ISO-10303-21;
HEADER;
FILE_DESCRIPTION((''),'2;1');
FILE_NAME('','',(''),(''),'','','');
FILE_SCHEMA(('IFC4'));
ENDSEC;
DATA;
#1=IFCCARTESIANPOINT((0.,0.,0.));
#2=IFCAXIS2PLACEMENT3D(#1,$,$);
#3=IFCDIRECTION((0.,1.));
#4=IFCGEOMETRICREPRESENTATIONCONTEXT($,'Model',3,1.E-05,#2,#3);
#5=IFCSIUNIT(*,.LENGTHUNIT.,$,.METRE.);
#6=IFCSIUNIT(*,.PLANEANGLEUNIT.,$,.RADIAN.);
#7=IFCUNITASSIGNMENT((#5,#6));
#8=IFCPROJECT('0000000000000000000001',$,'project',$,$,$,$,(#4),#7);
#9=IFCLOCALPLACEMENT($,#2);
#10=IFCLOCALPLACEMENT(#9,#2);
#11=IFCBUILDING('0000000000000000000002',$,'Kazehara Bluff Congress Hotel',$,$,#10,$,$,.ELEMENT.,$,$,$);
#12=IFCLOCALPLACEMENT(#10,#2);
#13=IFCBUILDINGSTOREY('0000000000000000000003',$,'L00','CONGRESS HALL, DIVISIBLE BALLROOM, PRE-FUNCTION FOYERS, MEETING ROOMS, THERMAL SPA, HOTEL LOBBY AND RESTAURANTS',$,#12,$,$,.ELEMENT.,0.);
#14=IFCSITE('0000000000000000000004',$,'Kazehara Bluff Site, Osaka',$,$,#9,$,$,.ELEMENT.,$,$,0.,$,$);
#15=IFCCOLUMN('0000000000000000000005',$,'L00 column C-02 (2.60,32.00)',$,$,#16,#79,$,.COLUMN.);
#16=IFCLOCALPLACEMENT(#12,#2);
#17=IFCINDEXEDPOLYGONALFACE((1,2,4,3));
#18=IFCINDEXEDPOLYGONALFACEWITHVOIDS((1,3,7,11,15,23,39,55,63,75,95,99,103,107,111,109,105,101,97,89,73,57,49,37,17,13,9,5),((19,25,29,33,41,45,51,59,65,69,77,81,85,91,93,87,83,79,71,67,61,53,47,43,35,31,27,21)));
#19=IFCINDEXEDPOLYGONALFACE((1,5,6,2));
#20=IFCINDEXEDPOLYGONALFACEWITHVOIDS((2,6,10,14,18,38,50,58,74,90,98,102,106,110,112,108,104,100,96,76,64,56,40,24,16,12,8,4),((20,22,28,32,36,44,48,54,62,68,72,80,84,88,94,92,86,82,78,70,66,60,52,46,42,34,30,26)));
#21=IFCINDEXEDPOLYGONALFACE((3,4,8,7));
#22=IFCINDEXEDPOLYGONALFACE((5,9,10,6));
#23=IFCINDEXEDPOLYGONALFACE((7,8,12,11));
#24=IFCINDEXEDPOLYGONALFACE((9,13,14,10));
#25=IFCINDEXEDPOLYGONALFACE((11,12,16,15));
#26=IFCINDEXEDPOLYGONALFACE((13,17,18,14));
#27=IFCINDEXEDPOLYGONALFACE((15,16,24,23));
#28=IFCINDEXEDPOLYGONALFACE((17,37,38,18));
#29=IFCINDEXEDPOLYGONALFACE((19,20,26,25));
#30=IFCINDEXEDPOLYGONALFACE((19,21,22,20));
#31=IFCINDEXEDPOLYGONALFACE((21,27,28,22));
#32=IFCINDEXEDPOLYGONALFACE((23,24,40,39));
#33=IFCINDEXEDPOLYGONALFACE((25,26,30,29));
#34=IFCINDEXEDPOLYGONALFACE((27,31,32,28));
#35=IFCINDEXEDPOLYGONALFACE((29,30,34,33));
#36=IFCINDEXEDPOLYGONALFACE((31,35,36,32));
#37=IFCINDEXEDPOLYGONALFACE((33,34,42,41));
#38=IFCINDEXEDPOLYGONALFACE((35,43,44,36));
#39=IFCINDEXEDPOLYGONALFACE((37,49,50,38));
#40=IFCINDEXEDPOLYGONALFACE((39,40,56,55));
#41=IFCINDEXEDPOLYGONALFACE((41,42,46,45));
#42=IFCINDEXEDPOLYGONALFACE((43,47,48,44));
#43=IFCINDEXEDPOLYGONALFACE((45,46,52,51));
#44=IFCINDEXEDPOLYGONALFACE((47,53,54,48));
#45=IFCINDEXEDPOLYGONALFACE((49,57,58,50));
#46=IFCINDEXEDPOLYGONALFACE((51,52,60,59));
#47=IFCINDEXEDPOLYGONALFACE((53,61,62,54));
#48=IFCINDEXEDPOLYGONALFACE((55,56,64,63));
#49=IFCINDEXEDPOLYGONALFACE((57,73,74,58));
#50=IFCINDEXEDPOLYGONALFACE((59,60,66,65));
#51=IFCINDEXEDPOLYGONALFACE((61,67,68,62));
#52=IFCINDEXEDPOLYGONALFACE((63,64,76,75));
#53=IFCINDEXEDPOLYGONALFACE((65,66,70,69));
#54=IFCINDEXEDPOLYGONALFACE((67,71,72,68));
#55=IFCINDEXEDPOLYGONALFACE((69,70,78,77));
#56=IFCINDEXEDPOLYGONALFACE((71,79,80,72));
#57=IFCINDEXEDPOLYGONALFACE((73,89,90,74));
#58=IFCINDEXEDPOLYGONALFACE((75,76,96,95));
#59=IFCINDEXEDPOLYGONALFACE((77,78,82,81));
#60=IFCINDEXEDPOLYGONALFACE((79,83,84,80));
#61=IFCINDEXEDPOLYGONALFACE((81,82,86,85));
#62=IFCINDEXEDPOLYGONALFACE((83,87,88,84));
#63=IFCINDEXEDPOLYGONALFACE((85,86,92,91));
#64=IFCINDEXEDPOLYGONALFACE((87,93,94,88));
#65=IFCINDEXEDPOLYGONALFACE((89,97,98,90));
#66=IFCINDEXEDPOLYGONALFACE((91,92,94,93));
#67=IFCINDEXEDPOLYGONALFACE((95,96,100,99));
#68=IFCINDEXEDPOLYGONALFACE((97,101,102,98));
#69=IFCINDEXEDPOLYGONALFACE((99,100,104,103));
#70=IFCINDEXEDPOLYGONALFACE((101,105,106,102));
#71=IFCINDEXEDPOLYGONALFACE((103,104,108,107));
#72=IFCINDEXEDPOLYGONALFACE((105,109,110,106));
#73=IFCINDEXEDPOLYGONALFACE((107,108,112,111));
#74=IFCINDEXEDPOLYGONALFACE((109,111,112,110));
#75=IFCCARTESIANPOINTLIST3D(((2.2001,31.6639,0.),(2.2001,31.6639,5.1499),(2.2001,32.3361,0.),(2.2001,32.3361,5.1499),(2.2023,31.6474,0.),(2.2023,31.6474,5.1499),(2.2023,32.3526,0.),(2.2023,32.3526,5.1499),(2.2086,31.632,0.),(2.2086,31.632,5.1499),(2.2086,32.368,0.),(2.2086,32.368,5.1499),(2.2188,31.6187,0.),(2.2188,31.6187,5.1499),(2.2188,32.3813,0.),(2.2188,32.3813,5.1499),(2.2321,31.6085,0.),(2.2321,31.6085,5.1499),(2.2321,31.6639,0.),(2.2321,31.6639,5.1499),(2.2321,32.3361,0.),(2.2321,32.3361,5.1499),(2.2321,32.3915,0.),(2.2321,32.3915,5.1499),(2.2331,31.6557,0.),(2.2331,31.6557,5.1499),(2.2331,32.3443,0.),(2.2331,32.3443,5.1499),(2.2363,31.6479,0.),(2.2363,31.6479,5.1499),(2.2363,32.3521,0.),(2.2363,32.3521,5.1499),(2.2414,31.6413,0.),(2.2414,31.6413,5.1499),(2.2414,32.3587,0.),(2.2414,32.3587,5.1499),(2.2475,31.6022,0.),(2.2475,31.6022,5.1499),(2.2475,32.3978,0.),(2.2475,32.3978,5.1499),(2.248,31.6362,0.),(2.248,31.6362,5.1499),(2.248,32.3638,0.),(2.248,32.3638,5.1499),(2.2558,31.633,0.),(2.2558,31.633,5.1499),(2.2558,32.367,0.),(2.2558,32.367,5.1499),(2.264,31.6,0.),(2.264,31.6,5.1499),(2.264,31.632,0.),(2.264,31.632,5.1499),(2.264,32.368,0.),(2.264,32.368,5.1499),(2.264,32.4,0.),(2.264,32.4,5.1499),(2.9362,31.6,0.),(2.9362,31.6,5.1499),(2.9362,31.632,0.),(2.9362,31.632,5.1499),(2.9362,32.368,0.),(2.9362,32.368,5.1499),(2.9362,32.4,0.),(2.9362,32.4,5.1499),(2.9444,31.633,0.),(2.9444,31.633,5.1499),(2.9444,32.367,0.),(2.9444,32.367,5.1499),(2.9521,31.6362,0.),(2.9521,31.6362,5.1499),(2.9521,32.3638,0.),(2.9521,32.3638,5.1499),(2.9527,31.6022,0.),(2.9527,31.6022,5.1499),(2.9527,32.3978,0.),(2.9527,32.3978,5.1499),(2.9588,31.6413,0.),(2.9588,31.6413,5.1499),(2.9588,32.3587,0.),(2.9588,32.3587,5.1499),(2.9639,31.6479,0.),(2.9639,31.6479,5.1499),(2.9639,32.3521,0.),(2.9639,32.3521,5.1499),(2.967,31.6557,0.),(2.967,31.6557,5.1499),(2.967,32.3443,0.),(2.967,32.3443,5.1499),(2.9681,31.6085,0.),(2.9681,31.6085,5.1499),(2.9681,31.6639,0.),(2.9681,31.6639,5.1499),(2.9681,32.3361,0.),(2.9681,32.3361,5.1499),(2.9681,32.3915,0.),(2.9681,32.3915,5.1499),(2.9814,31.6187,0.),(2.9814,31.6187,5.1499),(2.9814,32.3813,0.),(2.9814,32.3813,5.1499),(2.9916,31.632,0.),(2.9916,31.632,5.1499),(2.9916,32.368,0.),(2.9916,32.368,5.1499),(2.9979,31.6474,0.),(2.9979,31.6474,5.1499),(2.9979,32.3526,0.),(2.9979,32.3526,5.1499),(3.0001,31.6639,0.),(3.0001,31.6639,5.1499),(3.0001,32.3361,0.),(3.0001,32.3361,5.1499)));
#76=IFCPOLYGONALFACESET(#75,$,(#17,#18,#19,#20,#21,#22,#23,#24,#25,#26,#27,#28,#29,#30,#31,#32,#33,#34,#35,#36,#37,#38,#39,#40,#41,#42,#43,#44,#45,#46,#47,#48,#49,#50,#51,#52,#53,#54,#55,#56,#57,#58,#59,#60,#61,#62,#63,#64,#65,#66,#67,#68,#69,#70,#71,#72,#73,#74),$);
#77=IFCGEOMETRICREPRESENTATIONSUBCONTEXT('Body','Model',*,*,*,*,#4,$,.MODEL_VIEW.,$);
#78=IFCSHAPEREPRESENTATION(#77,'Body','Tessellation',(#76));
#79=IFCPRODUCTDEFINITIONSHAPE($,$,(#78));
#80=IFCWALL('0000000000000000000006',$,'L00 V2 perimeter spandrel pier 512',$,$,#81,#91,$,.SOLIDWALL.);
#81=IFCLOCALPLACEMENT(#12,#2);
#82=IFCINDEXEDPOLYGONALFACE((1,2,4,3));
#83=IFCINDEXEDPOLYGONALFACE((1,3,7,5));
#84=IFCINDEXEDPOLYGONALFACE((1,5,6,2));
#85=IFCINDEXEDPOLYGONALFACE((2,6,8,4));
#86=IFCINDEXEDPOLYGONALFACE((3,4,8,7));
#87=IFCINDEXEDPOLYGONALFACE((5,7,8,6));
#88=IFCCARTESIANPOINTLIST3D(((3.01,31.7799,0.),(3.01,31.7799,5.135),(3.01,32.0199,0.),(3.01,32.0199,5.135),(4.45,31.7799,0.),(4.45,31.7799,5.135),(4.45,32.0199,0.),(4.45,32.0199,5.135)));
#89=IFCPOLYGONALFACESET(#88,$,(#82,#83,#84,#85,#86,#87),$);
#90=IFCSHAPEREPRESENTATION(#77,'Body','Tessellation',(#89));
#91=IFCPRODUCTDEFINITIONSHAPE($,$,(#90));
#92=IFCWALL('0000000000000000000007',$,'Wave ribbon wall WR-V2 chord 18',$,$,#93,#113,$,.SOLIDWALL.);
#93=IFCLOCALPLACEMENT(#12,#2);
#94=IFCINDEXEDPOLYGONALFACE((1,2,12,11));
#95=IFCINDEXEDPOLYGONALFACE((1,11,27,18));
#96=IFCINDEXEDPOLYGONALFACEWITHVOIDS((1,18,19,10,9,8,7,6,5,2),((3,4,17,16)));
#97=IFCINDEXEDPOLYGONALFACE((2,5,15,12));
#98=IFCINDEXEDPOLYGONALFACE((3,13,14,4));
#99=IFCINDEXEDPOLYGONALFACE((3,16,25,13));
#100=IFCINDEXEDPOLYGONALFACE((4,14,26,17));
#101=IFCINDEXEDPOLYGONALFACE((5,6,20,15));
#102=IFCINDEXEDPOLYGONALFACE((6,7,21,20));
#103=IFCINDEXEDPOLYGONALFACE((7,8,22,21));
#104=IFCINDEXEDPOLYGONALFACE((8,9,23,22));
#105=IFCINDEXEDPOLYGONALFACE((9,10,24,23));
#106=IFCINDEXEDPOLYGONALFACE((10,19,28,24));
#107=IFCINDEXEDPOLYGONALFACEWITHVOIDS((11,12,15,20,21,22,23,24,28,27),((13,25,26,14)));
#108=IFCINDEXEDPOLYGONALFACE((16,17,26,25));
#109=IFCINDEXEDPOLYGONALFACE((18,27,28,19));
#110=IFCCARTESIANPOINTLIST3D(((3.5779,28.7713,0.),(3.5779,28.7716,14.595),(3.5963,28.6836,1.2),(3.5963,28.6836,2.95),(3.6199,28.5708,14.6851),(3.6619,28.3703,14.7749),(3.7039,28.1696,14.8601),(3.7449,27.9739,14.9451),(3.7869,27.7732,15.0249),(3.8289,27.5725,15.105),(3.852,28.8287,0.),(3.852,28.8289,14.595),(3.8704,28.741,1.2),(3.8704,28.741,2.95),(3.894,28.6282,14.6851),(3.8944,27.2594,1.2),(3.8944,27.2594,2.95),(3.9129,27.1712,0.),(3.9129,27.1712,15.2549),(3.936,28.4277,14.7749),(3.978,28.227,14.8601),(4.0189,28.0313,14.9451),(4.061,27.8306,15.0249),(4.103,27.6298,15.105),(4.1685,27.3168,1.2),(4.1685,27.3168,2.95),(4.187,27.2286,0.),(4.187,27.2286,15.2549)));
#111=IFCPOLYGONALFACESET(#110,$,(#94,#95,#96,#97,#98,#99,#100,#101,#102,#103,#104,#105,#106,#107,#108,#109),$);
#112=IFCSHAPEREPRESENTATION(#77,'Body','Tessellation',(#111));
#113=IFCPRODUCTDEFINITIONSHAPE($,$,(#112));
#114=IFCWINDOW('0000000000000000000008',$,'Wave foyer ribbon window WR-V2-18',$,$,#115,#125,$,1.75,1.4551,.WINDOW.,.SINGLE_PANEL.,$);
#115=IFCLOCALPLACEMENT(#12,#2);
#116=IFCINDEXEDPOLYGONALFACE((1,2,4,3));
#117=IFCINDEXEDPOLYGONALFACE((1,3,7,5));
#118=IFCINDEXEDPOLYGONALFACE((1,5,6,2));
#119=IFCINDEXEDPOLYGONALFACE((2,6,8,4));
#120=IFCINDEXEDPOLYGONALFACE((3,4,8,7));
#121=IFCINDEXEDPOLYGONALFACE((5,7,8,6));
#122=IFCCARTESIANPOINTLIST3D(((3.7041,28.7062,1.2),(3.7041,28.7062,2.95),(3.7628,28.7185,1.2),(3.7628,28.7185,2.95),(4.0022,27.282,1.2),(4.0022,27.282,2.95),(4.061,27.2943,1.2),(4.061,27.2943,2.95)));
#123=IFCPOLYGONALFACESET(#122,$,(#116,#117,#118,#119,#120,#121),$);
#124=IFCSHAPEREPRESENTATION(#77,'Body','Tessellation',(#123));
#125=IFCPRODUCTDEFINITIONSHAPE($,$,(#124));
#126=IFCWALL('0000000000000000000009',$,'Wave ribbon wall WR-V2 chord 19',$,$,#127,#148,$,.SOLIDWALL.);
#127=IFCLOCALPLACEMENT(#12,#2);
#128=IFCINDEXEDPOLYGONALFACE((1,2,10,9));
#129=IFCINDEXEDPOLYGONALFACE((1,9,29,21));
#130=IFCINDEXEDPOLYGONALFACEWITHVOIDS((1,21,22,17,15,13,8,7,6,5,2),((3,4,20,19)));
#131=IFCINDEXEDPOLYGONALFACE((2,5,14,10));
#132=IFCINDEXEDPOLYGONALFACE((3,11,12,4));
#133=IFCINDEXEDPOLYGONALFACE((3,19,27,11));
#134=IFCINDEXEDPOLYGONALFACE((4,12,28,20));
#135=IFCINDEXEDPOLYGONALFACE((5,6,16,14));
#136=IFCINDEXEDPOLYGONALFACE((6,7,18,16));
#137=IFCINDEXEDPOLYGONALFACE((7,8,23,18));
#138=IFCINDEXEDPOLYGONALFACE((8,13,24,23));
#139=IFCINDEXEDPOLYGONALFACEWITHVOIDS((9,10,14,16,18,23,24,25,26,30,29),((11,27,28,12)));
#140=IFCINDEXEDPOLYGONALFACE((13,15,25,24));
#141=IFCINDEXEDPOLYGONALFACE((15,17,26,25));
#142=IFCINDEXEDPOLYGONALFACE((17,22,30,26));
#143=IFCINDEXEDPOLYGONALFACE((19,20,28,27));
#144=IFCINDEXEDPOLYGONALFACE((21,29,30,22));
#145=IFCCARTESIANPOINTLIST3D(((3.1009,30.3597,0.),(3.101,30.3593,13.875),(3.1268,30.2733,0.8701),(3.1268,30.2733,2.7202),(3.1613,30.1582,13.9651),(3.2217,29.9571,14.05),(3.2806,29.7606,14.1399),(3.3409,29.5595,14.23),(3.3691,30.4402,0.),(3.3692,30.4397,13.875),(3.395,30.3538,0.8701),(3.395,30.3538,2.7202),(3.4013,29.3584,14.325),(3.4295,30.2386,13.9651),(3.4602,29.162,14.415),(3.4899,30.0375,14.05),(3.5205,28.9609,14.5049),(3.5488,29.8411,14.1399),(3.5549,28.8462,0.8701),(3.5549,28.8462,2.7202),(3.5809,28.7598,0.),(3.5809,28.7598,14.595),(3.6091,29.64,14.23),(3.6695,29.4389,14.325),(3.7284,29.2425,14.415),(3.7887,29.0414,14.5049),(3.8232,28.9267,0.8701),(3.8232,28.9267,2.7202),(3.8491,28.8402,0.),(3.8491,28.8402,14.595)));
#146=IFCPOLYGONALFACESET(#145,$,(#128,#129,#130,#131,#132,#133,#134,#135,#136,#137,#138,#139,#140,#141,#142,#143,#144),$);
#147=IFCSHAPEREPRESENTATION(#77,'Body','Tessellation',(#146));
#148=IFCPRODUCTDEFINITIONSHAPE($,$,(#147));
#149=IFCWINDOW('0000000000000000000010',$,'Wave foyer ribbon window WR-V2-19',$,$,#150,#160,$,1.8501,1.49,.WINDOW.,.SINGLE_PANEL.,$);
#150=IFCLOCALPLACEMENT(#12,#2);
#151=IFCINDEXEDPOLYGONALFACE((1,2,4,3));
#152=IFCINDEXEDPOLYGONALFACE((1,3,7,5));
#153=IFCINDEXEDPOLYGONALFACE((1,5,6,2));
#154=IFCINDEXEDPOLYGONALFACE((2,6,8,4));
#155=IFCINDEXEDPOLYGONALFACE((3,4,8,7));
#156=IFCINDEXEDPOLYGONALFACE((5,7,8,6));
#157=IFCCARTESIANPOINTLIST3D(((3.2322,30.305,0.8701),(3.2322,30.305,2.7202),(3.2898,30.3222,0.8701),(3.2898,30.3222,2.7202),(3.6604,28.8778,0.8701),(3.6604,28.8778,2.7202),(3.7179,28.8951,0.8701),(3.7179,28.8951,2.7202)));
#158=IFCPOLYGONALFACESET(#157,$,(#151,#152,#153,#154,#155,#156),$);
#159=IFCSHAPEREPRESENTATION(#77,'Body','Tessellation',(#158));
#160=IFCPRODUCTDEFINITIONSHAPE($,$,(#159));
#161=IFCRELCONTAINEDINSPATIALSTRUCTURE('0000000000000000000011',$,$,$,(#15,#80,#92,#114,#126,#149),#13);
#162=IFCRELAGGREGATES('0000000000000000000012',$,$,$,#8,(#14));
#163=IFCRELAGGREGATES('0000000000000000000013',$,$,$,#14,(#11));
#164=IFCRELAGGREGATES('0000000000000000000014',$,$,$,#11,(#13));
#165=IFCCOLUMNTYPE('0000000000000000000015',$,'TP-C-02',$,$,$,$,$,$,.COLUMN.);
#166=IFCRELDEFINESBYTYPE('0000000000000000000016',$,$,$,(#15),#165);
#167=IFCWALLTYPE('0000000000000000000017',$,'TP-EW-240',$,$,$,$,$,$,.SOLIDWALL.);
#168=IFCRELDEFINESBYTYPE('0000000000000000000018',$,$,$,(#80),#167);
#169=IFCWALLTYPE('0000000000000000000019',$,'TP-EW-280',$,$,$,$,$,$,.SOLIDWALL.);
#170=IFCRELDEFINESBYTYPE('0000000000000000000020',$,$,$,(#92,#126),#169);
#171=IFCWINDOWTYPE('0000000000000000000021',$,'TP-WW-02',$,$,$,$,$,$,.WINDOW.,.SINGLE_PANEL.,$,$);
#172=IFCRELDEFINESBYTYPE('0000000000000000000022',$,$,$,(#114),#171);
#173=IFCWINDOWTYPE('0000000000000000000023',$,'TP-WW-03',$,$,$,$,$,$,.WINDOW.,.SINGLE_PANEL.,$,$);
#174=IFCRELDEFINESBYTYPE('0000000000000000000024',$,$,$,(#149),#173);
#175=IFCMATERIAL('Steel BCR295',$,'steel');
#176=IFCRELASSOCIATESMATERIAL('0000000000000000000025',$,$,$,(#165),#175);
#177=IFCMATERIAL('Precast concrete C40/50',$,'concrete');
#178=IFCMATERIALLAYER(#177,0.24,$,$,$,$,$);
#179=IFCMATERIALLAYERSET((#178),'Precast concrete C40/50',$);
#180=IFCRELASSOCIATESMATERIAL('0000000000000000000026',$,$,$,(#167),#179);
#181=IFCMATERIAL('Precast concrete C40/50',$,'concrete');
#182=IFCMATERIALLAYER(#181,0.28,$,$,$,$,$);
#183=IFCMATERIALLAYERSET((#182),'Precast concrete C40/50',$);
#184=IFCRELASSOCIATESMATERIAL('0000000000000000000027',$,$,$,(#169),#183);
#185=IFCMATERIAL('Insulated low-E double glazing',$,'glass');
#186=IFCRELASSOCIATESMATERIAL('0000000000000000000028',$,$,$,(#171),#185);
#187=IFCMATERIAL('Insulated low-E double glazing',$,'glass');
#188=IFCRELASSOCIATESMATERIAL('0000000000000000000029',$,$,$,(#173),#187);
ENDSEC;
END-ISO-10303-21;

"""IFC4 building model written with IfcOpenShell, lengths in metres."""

from ifc_helpers import new_model, si_unit, direction, frame, frame_2d, origin, origin_2d, place, context, subcontext, project, spatial, polyline, rectangle, hollow_rectangle, outline, extrude, material, layer, layer_set, material_profile, profile_set, type_object, element, fill, save


model = new_model("IFC4")

# Units and contexts
model_context = context("Model", 3, precision=1e-05, world=origin(), true_north=direction((0.0, 1.0)))
body_context = subcontext(model_context, "Body", "Model", "MODEL_VIEW")
ifc_project = project(units=[si_unit("LENGTHUNIT", "METRE"), si_unit("PLANEANGLEUNIT", "RADIAN")], contexts=[model_context])

# Site, building, storey
site_placement = place(None, origin())
site = spatial("IfcSite", under=ifc_project, at=site_placement, Name="Kazehara Bluff Site, Osaka", CompositionType="ELEMENT", RefElevation=0.0)
building_placement = place(site_placement, origin())
building = spatial("IfcBuilding", under=site, at=building_placement, Name="Kazehara Bluff Congress Hotel", CompositionType="ELEMENT")
storey_placement = place(building_placement, origin())
storey = spatial("IfcBuildingStorey", under=building, at=storey_placement, Name="L00", Description="CONGRESS HALL, DIVISIBLE BALLROOM, PRE-FUNCTION FOYERS, MEETING ROOMS, THERMAL SPA, HOTEL LOBBY AND RESTAURANTS", CompositionType="ELEMENT", Elevation=0.0)

# Column
ifc_material_1 = material(Name="Steel BCR295", Category="steel")
ifc_material_profile = material_profile(ifc_material_1, hollow_rectangle(XDim=0.8, YDim=0.8, WallThickness=0.032, InnerFilletRadius=0.032, OuterFilletRadius=0.064, at=origin_2d()))
ifc_profile_set = profile_set([ifc_material_profile], Name="Steel BCR295")
column_type = type_object("IfcColumnType", Name="TP-C-02", PredefinedType="COLUMN", material=ifc_profile_set)
column_placement = place(storey_placement, frame((2.6001, 32.0, 0.0), z_axis=(0.0, 0.0, 1.0), x_axis=(1.0, 0.0, 0.0)))
element("IfcColumn", 1, at=column_placement, inside=storey, type_object=column_type, Name="L00 column C-02 (2.60,32.00)", PredefinedType="COLUMN", context=body_context, shape_type="SweptSolid", body=[
    extrude(hollow_rectangle(XDim=0.8, YDim=0.8, WallThickness=0.032, InnerFilletRadius=0.032, OuterFilletRadius=0.064, at=origin_2d()), origin(), (0.0, 0.0, 1.0), 5.1499),
])

# Wall
ifc_material_2 = material(Name="Precast concrete C40/50", Category="concrete")
ifc_layer_1 = layer(ifc_material_2, 0.24)
ifc_layer_set_1 = layer_set([ifc_layer_1], Name="Precast concrete C40/50")
wall_type_1 = type_object("IfcWallType", Name="TP-EW-240", PredefinedType="SOLIDWALL", material=ifc_layer_set_1)
wall_1_placement = place(storey_placement, frame((3.01, 31.8999, 0.0), z_axis=(0.0, 0.0, 1.0), x_axis=(1.0, 0.0, 0.0)))
element("IfcWall", 2, at=wall_1_placement, inside=storey, type_object=wall_type_1, Name="L00 V2 perimeter spandrel pier 512", PredefinedType="SOLIDWALL", context=body_context, shape_type="SweptSolid", body=[
    extrude(rectangle(XDim=1.4399, YDim=0.24, at=frame_2d((0.72, 0.0))), origin(), (0.0, 0.0, 1.0), 5.135),
])

# Walls, openings, windows
ifc_material_3 = material(Name="Precast concrete C40/50", Category="concrete")
ifc_layer_2 = layer(ifc_material_3, 0.28)
ifc_layer_set_2 = layer_set([ifc_layer_2], Name="Precast concrete C40/50")
wall_type_2 = type_object("IfcWallType", Name="TP-EW-280", PredefinedType="SOLIDWALL", material=ifc_layer_set_2)
wall_2_placement = place(storey_placement, frame((4.05, 27.2, 0.0), z_axis=(0.0, 0.0, 1.0), x_axis=(-0.204896, 0.978784, 0.0)))
wall_2 = element("IfcWall", 3, at=wall_2_placement, inside=storey, type_object=wall_type_2, Name="Wave ribbon wall WR-V2 chord 18", PredefinedType="SOLIDWALL", context=body_context, shape_type="SweptSolid", body=[
    extrude(outline(polyline([(0.0, 0.0), (1.6348, 0.0), (1.635, 14.595), (1.4299, 14.6851), (1.2251, 14.7749), (1.02, 14.8601), (0.8201, 14.9451), (0.615, 15.0249), (0.4099, 15.105), (0.2051, 15.1799), (0.0, 15.2549), (0.0, 0.0)])), frame((0.0, 0.1401, 0.0), z_axis=(0.0, -1.0, 0.0), x_axis=(1.0, 0.0, 0.0)), (0.0, 0.0, 1.0), 0.28),
])
opening_1_placement = place(wall_2_placement, frame((0.0901, 0.0, 1.2)))
opening_1 = element("IfcOpeningElement", 4, at=opening_1_placement, cuts=wall_2, PredefinedType="OPENING", context=body_context, shape_type="SweptSolid", body=[
    extrude(rectangle(XDim=1.4551, YDim=1.75, at=frame_2d((0.7275, 0.875))), frame((0.0, 0.1499, 0.0), z_axis=(0.0, -1.0, 0.0), x_axis=(1.0, 0.0, 0.0)), (0.0, 0.0, 1.0), 0.3),
])
ifc_material_4 = material(Name="Insulated low-E double glazing", Category="glass")
window_type_1 = type_object("IfcWindowType", Name="TP-WW-02", PartitioningType="SINGLE_PANEL", PredefinedType="WINDOW", material=ifc_material_4)
window_1_placement = place(opening_1_placement, origin())
window_1 = element("IfcWindow", 5, at=window_1_placement, inside=storey, type_object=window_type_1, Name="Wave foyer ribbon window WR-V2-18", OverallHeight=1.75, OverallWidth=1.4551, PartitioningType="SINGLE_PANEL", PredefinedType="WINDOW", context=body_context, shape_type="SweptSolid", body=[
    extrude(rectangle(XDim=1.4551, YDim=1.75, at=frame_2d((0.7275, 0.875))), frame((0.0, 0.03, 0.0), z_axis=(0.0, -1.0, 0.0), x_axis=(1.0, 0.0, 0.0)), (0.0, 0.0, 1.0), 0.0601),
])
fill(opening_1, window_1)
wall_3_placement = place(storey_placement, frame((3.7151, 28.8, 0.0), z_axis=(0.0, 0.0, 1.0), x_axis=(-0.287361, 0.957822, 0.0)))
wall_3 = element("IfcWall", 6, at=wall_3_placement, inside=storey, type_object=wall_type_2, Name="Wave ribbon wall WR-V2 chord 19", PredefinedType="SOLIDWALL", context=body_context, shape_type="SweptSolid", body=[
    extrude(outline(polyline([(0.0, 0.0), (1.6704, 0.0), (1.6699, 13.875), (1.46, 13.9651), (1.25, 14.05), (1.0449, 14.1399), (0.835, 14.23), (0.625, 14.325), (0.4199, 14.415), (0.21, 14.5049), (0.0, 14.595), (0.0, 0.0)])), frame((0.0, 0.1401, 0.0), z_axis=(0.0, -1.0, 0.0), x_axis=(1.0, 0.0, 0.0)), (0.0, 0.0, 1.0), 0.28),
])
opening_2_placement = place(wall_3_placement, frame((0.0901, 0.0, 0.8701)))
opening_2 = element("IfcOpeningElement", 7, at=opening_2_placement, cuts=wall_3, PredefinedType="OPENING", context=body_context, shape_type="SweptSolid", body=[
    extrude(rectangle(XDim=1.49, YDim=1.8501, at=frame_2d((0.7451, 0.925))), frame((0.0, 0.1499, 0.0), z_axis=(0.0, -1.0, 0.0), x_axis=(1.0, 0.0, 0.0)), (0.0, 0.0, 1.0), 0.3),
])
ifc_material_5 = material(Name="Insulated low-E double glazing", Category="glass")
window_type_2 = type_object("IfcWindowType", Name="TP-WW-03", PartitioningType="SINGLE_PANEL", PredefinedType="WINDOW", material=ifc_material_5)
window_2_placement = place(opening_2_placement, origin())
window_2 = element("IfcWindow", 8, at=window_2_placement, inside=storey, type_object=window_type_2, Name="Wave foyer ribbon window WR-V2-19", OverallHeight=1.8501, OverallWidth=1.49, PartitioningType="SINGLE_PANEL", PredefinedType="WINDOW", context=body_context, shape_type="SweptSolid", body=[
    extrude(rectangle(XDim=1.49, YDim=1.8501, at=frame_2d((0.7451, 0.925))), frame((0.0, 0.03, 0.0), z_axis=(0.0, -1.0, 0.0), x_axis=(1.0, 0.0, 0.0)), (0.0, 0.0, 1.0), 0.0601),
])
fill(opening_2, window_2)

save(model, "model.ifc")
